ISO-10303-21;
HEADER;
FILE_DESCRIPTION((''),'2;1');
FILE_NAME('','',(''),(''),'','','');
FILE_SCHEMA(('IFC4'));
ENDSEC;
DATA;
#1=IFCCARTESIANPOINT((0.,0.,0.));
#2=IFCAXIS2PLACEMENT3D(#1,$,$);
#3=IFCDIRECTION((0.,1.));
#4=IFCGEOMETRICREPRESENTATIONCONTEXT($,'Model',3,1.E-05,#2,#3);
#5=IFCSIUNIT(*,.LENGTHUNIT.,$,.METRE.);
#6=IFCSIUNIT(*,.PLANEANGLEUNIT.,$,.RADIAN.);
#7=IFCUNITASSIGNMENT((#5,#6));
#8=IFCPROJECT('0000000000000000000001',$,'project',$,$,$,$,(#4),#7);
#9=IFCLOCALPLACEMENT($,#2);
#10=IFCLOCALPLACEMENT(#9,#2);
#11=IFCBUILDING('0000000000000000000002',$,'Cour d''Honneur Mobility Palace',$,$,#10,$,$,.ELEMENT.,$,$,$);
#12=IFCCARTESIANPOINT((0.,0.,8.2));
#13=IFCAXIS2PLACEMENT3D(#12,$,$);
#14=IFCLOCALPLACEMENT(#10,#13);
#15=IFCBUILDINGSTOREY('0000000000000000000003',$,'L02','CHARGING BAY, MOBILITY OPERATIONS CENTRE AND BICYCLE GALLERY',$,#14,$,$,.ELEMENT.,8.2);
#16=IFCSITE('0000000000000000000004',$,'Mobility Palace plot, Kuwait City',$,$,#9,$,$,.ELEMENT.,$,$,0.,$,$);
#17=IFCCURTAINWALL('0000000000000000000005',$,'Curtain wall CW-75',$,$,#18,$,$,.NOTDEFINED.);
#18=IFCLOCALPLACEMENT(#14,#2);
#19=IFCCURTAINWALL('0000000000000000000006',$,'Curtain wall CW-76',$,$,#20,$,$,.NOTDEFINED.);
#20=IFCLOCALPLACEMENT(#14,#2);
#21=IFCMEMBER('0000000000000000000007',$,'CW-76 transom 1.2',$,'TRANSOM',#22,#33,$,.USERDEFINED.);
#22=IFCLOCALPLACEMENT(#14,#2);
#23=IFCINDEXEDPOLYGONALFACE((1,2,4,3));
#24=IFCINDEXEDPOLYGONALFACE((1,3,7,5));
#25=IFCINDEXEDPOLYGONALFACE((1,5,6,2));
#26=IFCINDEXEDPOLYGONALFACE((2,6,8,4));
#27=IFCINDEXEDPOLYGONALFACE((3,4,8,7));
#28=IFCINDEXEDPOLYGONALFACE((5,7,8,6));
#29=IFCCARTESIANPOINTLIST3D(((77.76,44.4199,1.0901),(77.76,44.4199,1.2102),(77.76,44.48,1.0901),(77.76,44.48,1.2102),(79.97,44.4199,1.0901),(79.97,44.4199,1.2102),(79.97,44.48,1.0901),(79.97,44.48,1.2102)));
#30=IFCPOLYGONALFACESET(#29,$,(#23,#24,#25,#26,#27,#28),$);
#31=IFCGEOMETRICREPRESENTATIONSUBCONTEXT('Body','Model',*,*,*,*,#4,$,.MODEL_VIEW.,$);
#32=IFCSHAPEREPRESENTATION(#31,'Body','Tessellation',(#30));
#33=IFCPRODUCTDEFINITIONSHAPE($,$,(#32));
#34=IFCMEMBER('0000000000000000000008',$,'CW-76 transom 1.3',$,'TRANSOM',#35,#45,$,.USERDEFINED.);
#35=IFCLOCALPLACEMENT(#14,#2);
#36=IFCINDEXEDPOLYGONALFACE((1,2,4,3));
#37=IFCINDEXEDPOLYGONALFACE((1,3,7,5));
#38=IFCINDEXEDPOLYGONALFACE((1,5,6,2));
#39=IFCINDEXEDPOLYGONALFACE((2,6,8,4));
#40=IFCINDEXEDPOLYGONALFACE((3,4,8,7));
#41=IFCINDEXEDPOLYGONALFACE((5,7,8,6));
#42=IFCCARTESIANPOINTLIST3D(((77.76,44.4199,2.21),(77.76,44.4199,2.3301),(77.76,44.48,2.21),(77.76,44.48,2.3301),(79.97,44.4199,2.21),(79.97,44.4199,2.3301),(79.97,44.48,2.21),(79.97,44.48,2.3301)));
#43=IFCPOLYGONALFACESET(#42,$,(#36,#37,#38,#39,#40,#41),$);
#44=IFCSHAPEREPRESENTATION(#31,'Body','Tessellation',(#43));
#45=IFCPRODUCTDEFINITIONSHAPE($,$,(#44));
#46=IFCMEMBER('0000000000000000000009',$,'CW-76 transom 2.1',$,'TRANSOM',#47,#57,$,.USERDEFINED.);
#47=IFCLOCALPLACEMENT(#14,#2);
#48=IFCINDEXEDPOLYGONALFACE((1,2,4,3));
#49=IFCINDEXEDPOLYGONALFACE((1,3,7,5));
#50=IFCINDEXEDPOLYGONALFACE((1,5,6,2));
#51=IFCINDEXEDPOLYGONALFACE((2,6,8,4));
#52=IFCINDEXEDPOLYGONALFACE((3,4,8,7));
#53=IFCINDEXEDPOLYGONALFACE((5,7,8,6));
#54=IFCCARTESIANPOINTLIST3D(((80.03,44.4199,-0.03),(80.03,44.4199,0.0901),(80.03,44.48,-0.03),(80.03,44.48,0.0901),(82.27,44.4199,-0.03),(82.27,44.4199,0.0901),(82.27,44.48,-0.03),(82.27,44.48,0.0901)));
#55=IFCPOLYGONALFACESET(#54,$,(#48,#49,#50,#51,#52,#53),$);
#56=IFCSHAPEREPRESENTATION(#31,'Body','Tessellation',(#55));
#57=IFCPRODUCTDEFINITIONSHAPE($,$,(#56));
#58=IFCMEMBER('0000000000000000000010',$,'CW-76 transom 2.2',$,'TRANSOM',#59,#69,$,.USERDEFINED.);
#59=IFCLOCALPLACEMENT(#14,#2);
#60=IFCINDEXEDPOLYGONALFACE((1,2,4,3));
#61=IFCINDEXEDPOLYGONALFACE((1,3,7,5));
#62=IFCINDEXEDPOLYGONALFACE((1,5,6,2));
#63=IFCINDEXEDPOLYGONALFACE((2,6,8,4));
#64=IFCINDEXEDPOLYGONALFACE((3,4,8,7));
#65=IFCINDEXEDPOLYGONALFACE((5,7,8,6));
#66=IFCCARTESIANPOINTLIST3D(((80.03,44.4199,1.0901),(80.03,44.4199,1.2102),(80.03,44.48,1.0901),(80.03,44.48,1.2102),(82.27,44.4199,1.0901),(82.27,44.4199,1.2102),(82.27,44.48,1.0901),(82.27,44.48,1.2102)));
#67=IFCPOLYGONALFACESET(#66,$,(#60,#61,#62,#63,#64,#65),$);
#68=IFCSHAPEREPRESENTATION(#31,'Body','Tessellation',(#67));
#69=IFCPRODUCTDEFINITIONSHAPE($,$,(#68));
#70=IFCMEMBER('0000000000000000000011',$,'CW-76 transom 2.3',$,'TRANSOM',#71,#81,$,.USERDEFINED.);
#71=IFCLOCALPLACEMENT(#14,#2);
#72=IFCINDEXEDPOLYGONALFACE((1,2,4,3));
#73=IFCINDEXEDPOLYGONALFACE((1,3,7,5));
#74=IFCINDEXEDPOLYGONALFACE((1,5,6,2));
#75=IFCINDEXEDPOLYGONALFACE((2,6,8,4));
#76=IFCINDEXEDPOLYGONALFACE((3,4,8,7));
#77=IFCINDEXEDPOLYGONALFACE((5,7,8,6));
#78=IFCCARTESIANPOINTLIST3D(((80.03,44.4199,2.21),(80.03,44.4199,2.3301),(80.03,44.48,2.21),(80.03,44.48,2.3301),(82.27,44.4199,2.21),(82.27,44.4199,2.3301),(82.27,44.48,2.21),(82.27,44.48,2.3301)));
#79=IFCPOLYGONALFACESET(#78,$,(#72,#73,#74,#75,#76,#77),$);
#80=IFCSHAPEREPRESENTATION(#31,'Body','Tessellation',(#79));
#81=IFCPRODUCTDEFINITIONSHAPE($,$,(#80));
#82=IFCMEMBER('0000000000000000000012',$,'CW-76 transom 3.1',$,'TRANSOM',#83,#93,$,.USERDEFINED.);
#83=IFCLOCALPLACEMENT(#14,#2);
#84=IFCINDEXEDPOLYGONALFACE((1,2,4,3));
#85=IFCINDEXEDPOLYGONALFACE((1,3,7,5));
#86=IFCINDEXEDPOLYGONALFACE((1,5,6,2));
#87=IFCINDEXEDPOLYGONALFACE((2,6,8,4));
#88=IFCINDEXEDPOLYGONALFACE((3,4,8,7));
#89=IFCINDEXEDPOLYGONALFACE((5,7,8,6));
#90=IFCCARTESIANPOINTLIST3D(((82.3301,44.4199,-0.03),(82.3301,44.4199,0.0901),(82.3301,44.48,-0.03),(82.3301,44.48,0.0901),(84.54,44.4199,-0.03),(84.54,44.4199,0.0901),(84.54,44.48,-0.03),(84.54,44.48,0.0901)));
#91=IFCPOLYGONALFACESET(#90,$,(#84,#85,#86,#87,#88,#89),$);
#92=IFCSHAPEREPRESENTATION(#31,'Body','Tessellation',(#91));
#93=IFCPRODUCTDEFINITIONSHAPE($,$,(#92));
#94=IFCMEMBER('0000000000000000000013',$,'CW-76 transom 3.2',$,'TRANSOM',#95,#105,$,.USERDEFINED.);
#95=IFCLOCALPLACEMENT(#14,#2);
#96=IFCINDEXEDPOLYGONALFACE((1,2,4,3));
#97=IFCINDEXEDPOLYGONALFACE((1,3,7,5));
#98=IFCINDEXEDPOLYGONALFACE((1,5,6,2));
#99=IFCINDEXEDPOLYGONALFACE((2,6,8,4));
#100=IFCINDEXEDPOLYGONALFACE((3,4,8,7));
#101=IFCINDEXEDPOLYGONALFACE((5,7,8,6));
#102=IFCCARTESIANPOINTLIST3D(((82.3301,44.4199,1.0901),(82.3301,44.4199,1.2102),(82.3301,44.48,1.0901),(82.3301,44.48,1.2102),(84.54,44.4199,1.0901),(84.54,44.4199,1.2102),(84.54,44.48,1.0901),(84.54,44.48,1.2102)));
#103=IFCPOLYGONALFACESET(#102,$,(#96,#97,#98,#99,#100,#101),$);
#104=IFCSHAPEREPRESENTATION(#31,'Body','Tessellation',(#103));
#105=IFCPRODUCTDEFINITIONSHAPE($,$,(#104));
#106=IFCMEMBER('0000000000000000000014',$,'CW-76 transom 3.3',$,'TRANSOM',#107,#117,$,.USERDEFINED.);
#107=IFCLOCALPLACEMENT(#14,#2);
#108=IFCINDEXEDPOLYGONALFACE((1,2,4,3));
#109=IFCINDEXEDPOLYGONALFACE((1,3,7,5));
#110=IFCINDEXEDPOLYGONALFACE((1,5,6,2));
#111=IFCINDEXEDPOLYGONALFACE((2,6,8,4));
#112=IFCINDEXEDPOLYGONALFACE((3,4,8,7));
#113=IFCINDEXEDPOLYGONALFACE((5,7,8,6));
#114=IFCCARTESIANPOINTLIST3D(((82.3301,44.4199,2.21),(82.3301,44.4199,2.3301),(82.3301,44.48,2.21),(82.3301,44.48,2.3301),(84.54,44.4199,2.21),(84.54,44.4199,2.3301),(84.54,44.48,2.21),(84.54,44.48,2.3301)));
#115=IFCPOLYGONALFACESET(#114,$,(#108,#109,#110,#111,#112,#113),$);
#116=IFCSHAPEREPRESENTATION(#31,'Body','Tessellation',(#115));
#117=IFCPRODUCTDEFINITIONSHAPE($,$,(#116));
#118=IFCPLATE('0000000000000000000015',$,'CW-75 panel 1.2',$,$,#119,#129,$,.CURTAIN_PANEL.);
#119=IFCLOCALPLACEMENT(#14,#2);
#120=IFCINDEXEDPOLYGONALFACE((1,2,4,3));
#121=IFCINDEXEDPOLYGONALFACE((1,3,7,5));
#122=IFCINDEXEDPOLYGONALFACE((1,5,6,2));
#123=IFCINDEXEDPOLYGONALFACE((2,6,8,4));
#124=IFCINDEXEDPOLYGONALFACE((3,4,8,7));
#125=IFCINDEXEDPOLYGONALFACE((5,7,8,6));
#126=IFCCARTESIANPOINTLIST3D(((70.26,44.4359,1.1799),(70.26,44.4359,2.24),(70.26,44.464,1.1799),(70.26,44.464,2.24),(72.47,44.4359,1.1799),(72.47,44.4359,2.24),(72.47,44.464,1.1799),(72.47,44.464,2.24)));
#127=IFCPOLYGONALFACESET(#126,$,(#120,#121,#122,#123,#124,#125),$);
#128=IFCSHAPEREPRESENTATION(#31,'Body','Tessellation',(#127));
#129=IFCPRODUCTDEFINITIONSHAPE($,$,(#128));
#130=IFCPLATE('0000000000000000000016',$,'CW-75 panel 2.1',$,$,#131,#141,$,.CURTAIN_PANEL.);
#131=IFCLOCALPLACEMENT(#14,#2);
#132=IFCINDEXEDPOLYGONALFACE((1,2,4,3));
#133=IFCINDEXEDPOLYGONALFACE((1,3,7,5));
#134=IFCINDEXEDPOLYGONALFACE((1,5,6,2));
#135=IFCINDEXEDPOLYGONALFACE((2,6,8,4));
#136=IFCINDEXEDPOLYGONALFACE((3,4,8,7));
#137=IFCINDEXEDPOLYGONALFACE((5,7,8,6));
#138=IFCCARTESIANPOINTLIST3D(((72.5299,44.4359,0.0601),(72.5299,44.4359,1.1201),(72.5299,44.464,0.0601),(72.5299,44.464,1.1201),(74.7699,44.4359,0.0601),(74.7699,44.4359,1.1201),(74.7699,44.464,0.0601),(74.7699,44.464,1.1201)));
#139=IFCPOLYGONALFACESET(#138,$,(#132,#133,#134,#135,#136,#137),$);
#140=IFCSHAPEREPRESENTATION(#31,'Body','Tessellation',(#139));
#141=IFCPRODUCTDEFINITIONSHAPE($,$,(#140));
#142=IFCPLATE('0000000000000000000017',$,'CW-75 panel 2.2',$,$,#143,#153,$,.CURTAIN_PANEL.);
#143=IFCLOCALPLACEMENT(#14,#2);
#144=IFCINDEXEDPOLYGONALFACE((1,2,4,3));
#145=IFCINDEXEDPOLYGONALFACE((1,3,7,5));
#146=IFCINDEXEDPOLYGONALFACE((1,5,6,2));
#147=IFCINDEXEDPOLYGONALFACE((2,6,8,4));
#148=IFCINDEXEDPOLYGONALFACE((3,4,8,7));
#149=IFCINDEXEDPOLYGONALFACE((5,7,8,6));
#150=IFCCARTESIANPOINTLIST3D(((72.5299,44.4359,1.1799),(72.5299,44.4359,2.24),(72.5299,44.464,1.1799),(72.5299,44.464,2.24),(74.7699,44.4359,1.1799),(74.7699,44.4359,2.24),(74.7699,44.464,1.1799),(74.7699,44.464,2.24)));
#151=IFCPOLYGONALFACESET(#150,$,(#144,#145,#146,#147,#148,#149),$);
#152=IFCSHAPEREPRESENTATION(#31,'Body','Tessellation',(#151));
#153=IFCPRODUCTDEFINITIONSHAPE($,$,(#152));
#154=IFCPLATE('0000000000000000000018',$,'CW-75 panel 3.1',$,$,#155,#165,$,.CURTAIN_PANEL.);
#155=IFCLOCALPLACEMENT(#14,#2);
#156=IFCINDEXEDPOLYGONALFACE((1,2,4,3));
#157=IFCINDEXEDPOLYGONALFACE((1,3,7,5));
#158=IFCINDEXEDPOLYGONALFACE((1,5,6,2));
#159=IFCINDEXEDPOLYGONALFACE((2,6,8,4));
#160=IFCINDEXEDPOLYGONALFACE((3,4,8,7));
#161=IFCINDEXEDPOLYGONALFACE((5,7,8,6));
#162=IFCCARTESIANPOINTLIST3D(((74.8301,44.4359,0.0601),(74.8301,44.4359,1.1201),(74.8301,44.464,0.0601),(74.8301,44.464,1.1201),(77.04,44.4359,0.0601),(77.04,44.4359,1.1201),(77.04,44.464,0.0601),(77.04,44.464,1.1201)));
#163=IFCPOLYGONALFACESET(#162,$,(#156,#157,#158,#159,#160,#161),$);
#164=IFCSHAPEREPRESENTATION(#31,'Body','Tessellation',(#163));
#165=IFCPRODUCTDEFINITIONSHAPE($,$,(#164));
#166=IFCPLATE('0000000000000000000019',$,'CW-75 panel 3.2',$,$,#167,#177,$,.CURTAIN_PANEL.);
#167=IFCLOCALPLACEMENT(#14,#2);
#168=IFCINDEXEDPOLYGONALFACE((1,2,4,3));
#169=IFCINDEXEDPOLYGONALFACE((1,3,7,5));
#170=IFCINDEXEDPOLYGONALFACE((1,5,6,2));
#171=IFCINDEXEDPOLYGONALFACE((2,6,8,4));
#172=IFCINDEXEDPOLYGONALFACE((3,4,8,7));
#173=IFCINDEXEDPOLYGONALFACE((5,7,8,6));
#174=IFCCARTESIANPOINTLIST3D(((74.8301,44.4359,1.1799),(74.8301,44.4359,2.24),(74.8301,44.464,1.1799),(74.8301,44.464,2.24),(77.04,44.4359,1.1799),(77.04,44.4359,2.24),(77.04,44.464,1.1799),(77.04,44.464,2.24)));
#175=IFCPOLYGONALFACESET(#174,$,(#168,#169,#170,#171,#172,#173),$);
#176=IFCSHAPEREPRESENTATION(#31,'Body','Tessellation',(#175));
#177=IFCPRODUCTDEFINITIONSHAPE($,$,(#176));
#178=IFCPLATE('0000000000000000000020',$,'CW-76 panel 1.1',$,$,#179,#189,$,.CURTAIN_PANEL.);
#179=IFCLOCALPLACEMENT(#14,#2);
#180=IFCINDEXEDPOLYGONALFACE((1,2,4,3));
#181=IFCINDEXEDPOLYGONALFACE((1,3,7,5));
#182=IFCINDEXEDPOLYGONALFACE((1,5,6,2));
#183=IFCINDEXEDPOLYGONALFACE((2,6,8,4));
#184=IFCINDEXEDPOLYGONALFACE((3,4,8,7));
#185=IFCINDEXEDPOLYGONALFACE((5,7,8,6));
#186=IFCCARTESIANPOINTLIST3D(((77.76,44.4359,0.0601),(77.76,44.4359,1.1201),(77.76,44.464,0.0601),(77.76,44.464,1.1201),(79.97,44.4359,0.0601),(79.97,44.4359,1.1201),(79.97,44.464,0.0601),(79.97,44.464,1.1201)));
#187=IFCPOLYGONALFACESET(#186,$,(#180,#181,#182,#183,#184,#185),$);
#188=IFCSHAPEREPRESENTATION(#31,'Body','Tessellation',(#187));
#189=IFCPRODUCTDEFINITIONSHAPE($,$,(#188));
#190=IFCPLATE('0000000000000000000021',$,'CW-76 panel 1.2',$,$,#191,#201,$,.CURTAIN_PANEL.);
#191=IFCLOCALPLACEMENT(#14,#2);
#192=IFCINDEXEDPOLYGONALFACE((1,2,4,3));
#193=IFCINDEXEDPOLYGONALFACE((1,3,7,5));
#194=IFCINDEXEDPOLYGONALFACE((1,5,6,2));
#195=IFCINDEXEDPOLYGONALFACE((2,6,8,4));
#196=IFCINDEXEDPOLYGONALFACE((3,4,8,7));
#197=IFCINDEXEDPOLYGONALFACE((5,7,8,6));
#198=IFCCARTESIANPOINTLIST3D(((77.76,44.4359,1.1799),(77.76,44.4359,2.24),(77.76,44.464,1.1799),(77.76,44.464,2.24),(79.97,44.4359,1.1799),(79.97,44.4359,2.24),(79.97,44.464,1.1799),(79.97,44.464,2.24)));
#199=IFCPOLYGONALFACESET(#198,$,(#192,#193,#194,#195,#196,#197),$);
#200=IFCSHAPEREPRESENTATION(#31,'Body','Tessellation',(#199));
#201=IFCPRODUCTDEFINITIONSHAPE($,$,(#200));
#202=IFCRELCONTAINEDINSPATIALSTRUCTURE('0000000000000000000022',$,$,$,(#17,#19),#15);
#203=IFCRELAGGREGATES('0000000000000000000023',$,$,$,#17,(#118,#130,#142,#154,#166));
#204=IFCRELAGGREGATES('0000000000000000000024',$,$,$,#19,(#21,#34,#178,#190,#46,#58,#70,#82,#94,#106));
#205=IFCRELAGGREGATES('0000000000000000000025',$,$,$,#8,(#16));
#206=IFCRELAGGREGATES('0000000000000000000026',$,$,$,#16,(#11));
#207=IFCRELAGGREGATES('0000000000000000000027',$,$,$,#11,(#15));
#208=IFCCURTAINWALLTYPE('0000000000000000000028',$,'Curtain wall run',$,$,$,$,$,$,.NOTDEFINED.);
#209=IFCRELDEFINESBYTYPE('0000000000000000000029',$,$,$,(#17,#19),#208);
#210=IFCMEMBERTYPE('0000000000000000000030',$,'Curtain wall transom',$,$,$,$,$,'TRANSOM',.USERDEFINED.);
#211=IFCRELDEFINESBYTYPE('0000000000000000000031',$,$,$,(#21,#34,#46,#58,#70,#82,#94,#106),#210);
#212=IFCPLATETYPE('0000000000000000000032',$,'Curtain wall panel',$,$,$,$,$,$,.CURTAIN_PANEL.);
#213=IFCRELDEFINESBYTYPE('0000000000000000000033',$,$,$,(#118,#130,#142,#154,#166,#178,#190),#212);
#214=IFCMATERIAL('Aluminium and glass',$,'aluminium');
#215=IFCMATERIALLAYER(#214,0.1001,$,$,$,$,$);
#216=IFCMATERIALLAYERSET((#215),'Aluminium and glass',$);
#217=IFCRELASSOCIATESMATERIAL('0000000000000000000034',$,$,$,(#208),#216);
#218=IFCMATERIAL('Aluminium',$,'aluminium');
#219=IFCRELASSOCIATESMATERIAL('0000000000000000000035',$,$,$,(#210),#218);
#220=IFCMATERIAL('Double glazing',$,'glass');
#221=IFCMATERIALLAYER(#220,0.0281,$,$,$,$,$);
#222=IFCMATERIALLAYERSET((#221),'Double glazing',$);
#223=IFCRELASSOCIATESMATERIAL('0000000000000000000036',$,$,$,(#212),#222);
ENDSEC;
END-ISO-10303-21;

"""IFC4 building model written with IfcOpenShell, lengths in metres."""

from ifc_helpers import new_model, si_unit, direction, frame, origin, origin_2d, place, context, subcontext, project, spatial, rectangle, extrude, material, layer, layer_set, material_profile, profile_set, type_object, element, aggregate, save


model = new_model("IFC4")

# Units and contexts
model_context = context("Model", 3, precision=1e-05, world=origin(), true_north=direction((0.0, 1.0)))
body_context = subcontext(model_context, "Body", "Model", "MODEL_VIEW")
ifc_project = project(units=[si_unit("LENGTHUNIT", "METRE"), si_unit("PLANEANGLEUNIT", "RADIAN")], contexts=[model_context])

# Site, building, storey
site_placement = place(None, origin())
site = spatial("IfcSite", under=ifc_project, at=site_placement, Name="Mobility Palace plot, Kuwait City", CompositionType="ELEMENT", RefElevation=0.0)
building_placement = place(site_placement, origin())
building = spatial("IfcBuilding", under=site, at=building_placement, Name="Cour d'Honneur Mobility Palace", CompositionType="ELEMENT")
storey_placement = place(building_placement, frame((0.0, 0.0, 8.2)))
storey = spatial("IfcBuildingStorey", under=building, at=storey_placement, Name="L02", Description="CHARGING BAY, MOBILITY OPERATIONS CENTRE AND BICYCLE GALLERY", CompositionType="ELEMENT", Elevation=8.2)

# Curtain walls
ifc_material_1 = material(Name="Aluminium and glass", Category="aluminium")
ifc_layer_1 = layer(ifc_material_1, 0.1001)
ifc_layer_set_1 = layer_set([ifc_layer_1], Name="Aluminium and glass")
curtain_wall_type = type_object("IfcCurtainWallType", Name="Curtain wall run", PredefinedType="NOTDEFINED", material=ifc_layer_set_1)
curtain_wall_1_placement = place(storey_placement, origin())
curtain_wall_1 = element("IfcCurtainWall", 1, at=curtain_wall_1_placement, inside=storey, type_object=curtain_wall_type, Name="Curtain wall CW-75", PredefinedType="NOTDEFINED")
curtain_wall_2_placement = place(storey_placement, origin())
curtain_wall_2 = element("IfcCurtainWall", 2, at=curtain_wall_2_placement, inside=storey, type_object=curtain_wall_type, Name="Curtain wall CW-76", PredefinedType="NOTDEFINED")

# Members
ifc_material_2 = material(Name="Aluminium", Category="aluminium")
ifc_material_profile_1 = material_profile(ifc_material_2, rectangle(XDim=0.0601, YDim=0.1201, at=origin_2d()), Name="Curtain wall transom")
ifc_profile_set_1 = profile_set([ifc_material_profile_1], Name="Aluminium")
member_type_1 = type_object("IfcMemberType", Name="Curtain wall transom", ElementType="TRANSOM", PredefinedType="USERDEFINED", material=ifc_profile_set_1)
member_1_placement = place(storey_placement, frame((77.76, 44.45, 1.1501), z_axis=(1.0, 0.0, 0.0), x_axis=(0.0, 1.0, 0.0)))
member_1 = element("IfcMember", 3, at=member_1_placement, type_object=member_type_1, Name="CW-76 transom 1.2", ObjectType="TRANSOM", PredefinedType="USERDEFINED", context=body_context, shape_type="SweptSolid", body=[
    extrude(rectangle(XDim=0.0601, YDim=0.1201, at=origin_2d()), origin(), (0.0, 0.0, 1.0), 2.21),
])
member_2_placement = place(storey_placement, frame((77.76, 44.45, 2.27), z_axis=(1.0, 0.0, 0.0), x_axis=(0.0, 1.0, 0.0)))
member_2 = element("IfcMember", 4, at=member_2_placement, type_object=member_type_1, Name="CW-76 transom 1.3", ObjectType="TRANSOM", PredefinedType="USERDEFINED", context=body_context, shape_type="SweptSolid", body=[
    extrude(rectangle(XDim=0.0601, YDim=0.1201, at=origin_2d()), origin(), (0.0, 0.0, 1.0), 2.21),
])
member_3_placement = place(storey_placement, frame((80.03, 44.45, 0.03), z_axis=(1.0, 0.0, 0.0), x_axis=(0.0, 1.0, 0.0)))
member_3 = element("IfcMember", 5, at=member_3_placement, type_object=member_type_1, Name="CW-76 transom 2.1", ObjectType="TRANSOM", PredefinedType="USERDEFINED", context=body_context, shape_type="SweptSolid", body=[
    extrude(rectangle(XDim=0.0601, YDim=0.1201, at=origin_2d()), origin(), (0.0, 0.0, 1.0), 2.24),
])
member_4_placement = place(storey_placement, frame((80.03, 44.45, 1.1501), z_axis=(1.0, 0.0, 0.0), x_axis=(0.0, 1.0, 0.0)))
member_4 = element("IfcMember", 6, at=member_4_placement, type_object=member_type_1, Name="CW-76 transom 2.2", ObjectType="TRANSOM", PredefinedType="USERDEFINED", context=body_context, shape_type="SweptSolid", body=[
    extrude(rectangle(XDim=0.0601, YDim=0.1201, at=origin_2d()), origin(), (0.0, 0.0, 1.0), 2.24),
])
member_5_placement = place(storey_placement, frame((80.03, 44.45, 2.27), z_axis=(1.0, 0.0, 0.0), x_axis=(0.0, 1.0, 0.0)))
member_5 = element("IfcMember", 7, at=member_5_placement, type_object=member_type_1, Name="CW-76 transom 2.3", ObjectType="TRANSOM", PredefinedType="USERDEFINED", context=body_context, shape_type="SweptSolid", body=[
    extrude(rectangle(XDim=0.0601, YDim=0.1201, at=origin_2d()), origin(), (0.0, 0.0, 1.0), 2.24),
])
member_6_placement = place(storey_placement, frame((82.3301, 44.45, 0.03), z_axis=(1.0, 0.0, 0.0), x_axis=(0.0, 1.0, 0.0)))
member_6 = element("IfcMember", 8, at=member_6_placement, type_object=member_type_1, Name="CW-76 transom 3.1", ObjectType="TRANSOM", PredefinedType="USERDEFINED", context=body_context, shape_type="SweptSolid", body=[
    extrude(rectangle(XDim=0.0601, YDim=0.1201, at=origin_2d()), origin(), (0.0, 0.0, 1.0), 2.21),
])
member_7_placement = place(storey_placement, frame((82.3301, 44.45, 1.1501), z_axis=(1.0, 0.0, 0.0), x_axis=(0.0, 1.0, 0.0)))
member_7 = element("IfcMember", 9, at=member_7_placement, type_object=member_type_1, Name="CW-76 transom 3.2", ObjectType="TRANSOM", PredefinedType="USERDEFINED", context=body_context, shape_type="SweptSolid", body=[
    extrude(rectangle(XDim=0.0601, YDim=0.1201, at=origin_2d()), origin(), (0.0, 0.0, 1.0), 2.21),
])
member_8_placement = place(storey_placement, frame((82.3301, 44.45, 2.27), z_axis=(1.0, 0.0, 0.0), x_axis=(0.0, 1.0, 0.0)))
member_8 = element("IfcMember", 10, at=member_8_placement, type_object=member_type_1, Name="CW-76 transom 3.3", ObjectType="TRANSOM", PredefinedType="USERDEFINED", context=body_context, shape_type="SweptSolid", body=[
    extrude(rectangle(XDim=0.0601, YDim=0.1201, at=origin_2d()), origin(), (0.0, 0.0, 1.0), 2.21),
])

# Plates
ifc_material_3 = material(Name="Double glazing", Category="glass")
ifc_layer_2 = layer(ifc_material_3, 0.0281)
ifc_layer_set_2 = layer_set([ifc_layer_2], Name="Double glazing")
plate_type = type_object("IfcPlateType", Name="Curtain wall panel", PredefinedType="CURTAIN_PANEL", material=ifc_layer_set_2)
plate_1_placement = place(storey_placement, frame((71.365, 44.45, 1.1799), z_axis=(0.0, 0.0, 1.0), x_axis=(1.0, 0.0, 0.0)))
plate_1 = element("IfcPlate", 11, at=plate_1_placement, type_object=plate_type, Name="CW-75 panel 1.2", PredefinedType="CURTAIN_PANEL", context=body_context, shape_type="SweptSolid", body=[
    extrude(rectangle(XDim=2.21, YDim=0.0281, at=origin_2d()), origin(), (0.0, 0.0, 1.0), 1.0601),
])
plate_2_placement = place(storey_placement, frame((73.6499, 44.45, 0.0601), z_axis=(0.0, 0.0, 1.0), x_axis=(1.0, 0.0, 0.0)))
plate_2 = element("IfcPlate", 12, at=plate_2_placement, type_object=plate_type, Name="CW-75 panel 2.1", PredefinedType="CURTAIN_PANEL", context=body_context, shape_type="SweptSolid", body=[
    extrude(rectangle(XDim=2.24, YDim=0.0281, at=origin_2d()), origin(), (0.0, 0.0, 1.0), 1.0601),
])
plate_3_placement = place(storey_placement, frame((73.6499, 44.45, 1.1799), z_axis=(0.0, 0.0, 1.0), x_axis=(1.0, 0.0, 0.0)))
plate_3 = element("IfcPlate", 13, at=plate_3_placement, type_object=plate_type, Name="CW-75 panel 2.2", PredefinedType="CURTAIN_PANEL", context=body_context, shape_type="SweptSolid", body=[
    extrude(rectangle(XDim=2.24, YDim=0.0281, at=origin_2d()), origin(), (0.0, 0.0, 1.0), 1.0601),
])
plate_4_placement = place(storey_placement, frame((75.9351, 44.45, 0.0601), z_axis=(0.0, 0.0, 1.0), x_axis=(1.0, 0.0, 0.0)))
plate_4 = element("IfcPlate", 14, at=plate_4_placement, type_object=plate_type, Name="CW-75 panel 3.1", PredefinedType="CURTAIN_PANEL", context=body_context, shape_type="SweptSolid", body=[
    extrude(rectangle(XDim=2.21, YDim=0.0281, at=origin_2d()), origin(), (0.0, 0.0, 1.0), 1.0601),
])
plate_5_placement = place(storey_placement, frame((75.9351, 44.45, 1.1799), z_axis=(0.0, 0.0, 1.0), x_axis=(1.0, 0.0, 0.0)))
plate_5 = element("IfcPlate", 15, at=plate_5_placement, type_object=plate_type, Name="CW-75 panel 3.2", PredefinedType="CURTAIN_PANEL", context=body_context, shape_type="SweptSolid", body=[
    extrude(rectangle(XDim=2.21, YDim=0.0281, at=origin_2d()), origin(), (0.0, 0.0, 1.0), 1.0601),
])
aggregate(curtain_wall_1, [plate_1, plate_2, plate_3, plate_4, plate_5])
plate_6_placement = place(storey_placement, frame((78.865, 44.45, 0.0601), z_axis=(0.0, 0.0, 1.0), x_axis=(1.0, 0.0, 0.0)))
plate_6 = element("IfcPlate", 16, at=plate_6_placement, type_object=plate_type, Name="CW-76 panel 1.1", PredefinedType="CURTAIN_PANEL", context=body_context, shape_type="SweptSolid", body=[
    extrude(rectangle(XDim=2.21, YDim=0.0281, at=origin_2d()), origin(), (0.0, 0.0, 1.0), 1.0601),
])
plate_7_placement = place(storey_placement, frame((78.865, 44.45, 1.1799), z_axis=(0.0, 0.0, 1.0), x_axis=(1.0, 0.0, 0.0)))
plate_7 = element("IfcPlate", 17, at=plate_7_placement, type_object=plate_type, Name="CW-76 panel 1.2", PredefinedType="CURTAIN_PANEL", context=body_context, shape_type="SweptSolid", body=[
    extrude(rectangle(XDim=2.21, YDim=0.0281, at=origin_2d()), origin(), (0.0, 0.0, 1.0), 1.0601),
])
aggregate(curtain_wall_2, [member_1, member_2, plate_6, plate_7, member_3, member_4, member_5, member_6, member_7, member_8])

save(model, "model.ifc")
